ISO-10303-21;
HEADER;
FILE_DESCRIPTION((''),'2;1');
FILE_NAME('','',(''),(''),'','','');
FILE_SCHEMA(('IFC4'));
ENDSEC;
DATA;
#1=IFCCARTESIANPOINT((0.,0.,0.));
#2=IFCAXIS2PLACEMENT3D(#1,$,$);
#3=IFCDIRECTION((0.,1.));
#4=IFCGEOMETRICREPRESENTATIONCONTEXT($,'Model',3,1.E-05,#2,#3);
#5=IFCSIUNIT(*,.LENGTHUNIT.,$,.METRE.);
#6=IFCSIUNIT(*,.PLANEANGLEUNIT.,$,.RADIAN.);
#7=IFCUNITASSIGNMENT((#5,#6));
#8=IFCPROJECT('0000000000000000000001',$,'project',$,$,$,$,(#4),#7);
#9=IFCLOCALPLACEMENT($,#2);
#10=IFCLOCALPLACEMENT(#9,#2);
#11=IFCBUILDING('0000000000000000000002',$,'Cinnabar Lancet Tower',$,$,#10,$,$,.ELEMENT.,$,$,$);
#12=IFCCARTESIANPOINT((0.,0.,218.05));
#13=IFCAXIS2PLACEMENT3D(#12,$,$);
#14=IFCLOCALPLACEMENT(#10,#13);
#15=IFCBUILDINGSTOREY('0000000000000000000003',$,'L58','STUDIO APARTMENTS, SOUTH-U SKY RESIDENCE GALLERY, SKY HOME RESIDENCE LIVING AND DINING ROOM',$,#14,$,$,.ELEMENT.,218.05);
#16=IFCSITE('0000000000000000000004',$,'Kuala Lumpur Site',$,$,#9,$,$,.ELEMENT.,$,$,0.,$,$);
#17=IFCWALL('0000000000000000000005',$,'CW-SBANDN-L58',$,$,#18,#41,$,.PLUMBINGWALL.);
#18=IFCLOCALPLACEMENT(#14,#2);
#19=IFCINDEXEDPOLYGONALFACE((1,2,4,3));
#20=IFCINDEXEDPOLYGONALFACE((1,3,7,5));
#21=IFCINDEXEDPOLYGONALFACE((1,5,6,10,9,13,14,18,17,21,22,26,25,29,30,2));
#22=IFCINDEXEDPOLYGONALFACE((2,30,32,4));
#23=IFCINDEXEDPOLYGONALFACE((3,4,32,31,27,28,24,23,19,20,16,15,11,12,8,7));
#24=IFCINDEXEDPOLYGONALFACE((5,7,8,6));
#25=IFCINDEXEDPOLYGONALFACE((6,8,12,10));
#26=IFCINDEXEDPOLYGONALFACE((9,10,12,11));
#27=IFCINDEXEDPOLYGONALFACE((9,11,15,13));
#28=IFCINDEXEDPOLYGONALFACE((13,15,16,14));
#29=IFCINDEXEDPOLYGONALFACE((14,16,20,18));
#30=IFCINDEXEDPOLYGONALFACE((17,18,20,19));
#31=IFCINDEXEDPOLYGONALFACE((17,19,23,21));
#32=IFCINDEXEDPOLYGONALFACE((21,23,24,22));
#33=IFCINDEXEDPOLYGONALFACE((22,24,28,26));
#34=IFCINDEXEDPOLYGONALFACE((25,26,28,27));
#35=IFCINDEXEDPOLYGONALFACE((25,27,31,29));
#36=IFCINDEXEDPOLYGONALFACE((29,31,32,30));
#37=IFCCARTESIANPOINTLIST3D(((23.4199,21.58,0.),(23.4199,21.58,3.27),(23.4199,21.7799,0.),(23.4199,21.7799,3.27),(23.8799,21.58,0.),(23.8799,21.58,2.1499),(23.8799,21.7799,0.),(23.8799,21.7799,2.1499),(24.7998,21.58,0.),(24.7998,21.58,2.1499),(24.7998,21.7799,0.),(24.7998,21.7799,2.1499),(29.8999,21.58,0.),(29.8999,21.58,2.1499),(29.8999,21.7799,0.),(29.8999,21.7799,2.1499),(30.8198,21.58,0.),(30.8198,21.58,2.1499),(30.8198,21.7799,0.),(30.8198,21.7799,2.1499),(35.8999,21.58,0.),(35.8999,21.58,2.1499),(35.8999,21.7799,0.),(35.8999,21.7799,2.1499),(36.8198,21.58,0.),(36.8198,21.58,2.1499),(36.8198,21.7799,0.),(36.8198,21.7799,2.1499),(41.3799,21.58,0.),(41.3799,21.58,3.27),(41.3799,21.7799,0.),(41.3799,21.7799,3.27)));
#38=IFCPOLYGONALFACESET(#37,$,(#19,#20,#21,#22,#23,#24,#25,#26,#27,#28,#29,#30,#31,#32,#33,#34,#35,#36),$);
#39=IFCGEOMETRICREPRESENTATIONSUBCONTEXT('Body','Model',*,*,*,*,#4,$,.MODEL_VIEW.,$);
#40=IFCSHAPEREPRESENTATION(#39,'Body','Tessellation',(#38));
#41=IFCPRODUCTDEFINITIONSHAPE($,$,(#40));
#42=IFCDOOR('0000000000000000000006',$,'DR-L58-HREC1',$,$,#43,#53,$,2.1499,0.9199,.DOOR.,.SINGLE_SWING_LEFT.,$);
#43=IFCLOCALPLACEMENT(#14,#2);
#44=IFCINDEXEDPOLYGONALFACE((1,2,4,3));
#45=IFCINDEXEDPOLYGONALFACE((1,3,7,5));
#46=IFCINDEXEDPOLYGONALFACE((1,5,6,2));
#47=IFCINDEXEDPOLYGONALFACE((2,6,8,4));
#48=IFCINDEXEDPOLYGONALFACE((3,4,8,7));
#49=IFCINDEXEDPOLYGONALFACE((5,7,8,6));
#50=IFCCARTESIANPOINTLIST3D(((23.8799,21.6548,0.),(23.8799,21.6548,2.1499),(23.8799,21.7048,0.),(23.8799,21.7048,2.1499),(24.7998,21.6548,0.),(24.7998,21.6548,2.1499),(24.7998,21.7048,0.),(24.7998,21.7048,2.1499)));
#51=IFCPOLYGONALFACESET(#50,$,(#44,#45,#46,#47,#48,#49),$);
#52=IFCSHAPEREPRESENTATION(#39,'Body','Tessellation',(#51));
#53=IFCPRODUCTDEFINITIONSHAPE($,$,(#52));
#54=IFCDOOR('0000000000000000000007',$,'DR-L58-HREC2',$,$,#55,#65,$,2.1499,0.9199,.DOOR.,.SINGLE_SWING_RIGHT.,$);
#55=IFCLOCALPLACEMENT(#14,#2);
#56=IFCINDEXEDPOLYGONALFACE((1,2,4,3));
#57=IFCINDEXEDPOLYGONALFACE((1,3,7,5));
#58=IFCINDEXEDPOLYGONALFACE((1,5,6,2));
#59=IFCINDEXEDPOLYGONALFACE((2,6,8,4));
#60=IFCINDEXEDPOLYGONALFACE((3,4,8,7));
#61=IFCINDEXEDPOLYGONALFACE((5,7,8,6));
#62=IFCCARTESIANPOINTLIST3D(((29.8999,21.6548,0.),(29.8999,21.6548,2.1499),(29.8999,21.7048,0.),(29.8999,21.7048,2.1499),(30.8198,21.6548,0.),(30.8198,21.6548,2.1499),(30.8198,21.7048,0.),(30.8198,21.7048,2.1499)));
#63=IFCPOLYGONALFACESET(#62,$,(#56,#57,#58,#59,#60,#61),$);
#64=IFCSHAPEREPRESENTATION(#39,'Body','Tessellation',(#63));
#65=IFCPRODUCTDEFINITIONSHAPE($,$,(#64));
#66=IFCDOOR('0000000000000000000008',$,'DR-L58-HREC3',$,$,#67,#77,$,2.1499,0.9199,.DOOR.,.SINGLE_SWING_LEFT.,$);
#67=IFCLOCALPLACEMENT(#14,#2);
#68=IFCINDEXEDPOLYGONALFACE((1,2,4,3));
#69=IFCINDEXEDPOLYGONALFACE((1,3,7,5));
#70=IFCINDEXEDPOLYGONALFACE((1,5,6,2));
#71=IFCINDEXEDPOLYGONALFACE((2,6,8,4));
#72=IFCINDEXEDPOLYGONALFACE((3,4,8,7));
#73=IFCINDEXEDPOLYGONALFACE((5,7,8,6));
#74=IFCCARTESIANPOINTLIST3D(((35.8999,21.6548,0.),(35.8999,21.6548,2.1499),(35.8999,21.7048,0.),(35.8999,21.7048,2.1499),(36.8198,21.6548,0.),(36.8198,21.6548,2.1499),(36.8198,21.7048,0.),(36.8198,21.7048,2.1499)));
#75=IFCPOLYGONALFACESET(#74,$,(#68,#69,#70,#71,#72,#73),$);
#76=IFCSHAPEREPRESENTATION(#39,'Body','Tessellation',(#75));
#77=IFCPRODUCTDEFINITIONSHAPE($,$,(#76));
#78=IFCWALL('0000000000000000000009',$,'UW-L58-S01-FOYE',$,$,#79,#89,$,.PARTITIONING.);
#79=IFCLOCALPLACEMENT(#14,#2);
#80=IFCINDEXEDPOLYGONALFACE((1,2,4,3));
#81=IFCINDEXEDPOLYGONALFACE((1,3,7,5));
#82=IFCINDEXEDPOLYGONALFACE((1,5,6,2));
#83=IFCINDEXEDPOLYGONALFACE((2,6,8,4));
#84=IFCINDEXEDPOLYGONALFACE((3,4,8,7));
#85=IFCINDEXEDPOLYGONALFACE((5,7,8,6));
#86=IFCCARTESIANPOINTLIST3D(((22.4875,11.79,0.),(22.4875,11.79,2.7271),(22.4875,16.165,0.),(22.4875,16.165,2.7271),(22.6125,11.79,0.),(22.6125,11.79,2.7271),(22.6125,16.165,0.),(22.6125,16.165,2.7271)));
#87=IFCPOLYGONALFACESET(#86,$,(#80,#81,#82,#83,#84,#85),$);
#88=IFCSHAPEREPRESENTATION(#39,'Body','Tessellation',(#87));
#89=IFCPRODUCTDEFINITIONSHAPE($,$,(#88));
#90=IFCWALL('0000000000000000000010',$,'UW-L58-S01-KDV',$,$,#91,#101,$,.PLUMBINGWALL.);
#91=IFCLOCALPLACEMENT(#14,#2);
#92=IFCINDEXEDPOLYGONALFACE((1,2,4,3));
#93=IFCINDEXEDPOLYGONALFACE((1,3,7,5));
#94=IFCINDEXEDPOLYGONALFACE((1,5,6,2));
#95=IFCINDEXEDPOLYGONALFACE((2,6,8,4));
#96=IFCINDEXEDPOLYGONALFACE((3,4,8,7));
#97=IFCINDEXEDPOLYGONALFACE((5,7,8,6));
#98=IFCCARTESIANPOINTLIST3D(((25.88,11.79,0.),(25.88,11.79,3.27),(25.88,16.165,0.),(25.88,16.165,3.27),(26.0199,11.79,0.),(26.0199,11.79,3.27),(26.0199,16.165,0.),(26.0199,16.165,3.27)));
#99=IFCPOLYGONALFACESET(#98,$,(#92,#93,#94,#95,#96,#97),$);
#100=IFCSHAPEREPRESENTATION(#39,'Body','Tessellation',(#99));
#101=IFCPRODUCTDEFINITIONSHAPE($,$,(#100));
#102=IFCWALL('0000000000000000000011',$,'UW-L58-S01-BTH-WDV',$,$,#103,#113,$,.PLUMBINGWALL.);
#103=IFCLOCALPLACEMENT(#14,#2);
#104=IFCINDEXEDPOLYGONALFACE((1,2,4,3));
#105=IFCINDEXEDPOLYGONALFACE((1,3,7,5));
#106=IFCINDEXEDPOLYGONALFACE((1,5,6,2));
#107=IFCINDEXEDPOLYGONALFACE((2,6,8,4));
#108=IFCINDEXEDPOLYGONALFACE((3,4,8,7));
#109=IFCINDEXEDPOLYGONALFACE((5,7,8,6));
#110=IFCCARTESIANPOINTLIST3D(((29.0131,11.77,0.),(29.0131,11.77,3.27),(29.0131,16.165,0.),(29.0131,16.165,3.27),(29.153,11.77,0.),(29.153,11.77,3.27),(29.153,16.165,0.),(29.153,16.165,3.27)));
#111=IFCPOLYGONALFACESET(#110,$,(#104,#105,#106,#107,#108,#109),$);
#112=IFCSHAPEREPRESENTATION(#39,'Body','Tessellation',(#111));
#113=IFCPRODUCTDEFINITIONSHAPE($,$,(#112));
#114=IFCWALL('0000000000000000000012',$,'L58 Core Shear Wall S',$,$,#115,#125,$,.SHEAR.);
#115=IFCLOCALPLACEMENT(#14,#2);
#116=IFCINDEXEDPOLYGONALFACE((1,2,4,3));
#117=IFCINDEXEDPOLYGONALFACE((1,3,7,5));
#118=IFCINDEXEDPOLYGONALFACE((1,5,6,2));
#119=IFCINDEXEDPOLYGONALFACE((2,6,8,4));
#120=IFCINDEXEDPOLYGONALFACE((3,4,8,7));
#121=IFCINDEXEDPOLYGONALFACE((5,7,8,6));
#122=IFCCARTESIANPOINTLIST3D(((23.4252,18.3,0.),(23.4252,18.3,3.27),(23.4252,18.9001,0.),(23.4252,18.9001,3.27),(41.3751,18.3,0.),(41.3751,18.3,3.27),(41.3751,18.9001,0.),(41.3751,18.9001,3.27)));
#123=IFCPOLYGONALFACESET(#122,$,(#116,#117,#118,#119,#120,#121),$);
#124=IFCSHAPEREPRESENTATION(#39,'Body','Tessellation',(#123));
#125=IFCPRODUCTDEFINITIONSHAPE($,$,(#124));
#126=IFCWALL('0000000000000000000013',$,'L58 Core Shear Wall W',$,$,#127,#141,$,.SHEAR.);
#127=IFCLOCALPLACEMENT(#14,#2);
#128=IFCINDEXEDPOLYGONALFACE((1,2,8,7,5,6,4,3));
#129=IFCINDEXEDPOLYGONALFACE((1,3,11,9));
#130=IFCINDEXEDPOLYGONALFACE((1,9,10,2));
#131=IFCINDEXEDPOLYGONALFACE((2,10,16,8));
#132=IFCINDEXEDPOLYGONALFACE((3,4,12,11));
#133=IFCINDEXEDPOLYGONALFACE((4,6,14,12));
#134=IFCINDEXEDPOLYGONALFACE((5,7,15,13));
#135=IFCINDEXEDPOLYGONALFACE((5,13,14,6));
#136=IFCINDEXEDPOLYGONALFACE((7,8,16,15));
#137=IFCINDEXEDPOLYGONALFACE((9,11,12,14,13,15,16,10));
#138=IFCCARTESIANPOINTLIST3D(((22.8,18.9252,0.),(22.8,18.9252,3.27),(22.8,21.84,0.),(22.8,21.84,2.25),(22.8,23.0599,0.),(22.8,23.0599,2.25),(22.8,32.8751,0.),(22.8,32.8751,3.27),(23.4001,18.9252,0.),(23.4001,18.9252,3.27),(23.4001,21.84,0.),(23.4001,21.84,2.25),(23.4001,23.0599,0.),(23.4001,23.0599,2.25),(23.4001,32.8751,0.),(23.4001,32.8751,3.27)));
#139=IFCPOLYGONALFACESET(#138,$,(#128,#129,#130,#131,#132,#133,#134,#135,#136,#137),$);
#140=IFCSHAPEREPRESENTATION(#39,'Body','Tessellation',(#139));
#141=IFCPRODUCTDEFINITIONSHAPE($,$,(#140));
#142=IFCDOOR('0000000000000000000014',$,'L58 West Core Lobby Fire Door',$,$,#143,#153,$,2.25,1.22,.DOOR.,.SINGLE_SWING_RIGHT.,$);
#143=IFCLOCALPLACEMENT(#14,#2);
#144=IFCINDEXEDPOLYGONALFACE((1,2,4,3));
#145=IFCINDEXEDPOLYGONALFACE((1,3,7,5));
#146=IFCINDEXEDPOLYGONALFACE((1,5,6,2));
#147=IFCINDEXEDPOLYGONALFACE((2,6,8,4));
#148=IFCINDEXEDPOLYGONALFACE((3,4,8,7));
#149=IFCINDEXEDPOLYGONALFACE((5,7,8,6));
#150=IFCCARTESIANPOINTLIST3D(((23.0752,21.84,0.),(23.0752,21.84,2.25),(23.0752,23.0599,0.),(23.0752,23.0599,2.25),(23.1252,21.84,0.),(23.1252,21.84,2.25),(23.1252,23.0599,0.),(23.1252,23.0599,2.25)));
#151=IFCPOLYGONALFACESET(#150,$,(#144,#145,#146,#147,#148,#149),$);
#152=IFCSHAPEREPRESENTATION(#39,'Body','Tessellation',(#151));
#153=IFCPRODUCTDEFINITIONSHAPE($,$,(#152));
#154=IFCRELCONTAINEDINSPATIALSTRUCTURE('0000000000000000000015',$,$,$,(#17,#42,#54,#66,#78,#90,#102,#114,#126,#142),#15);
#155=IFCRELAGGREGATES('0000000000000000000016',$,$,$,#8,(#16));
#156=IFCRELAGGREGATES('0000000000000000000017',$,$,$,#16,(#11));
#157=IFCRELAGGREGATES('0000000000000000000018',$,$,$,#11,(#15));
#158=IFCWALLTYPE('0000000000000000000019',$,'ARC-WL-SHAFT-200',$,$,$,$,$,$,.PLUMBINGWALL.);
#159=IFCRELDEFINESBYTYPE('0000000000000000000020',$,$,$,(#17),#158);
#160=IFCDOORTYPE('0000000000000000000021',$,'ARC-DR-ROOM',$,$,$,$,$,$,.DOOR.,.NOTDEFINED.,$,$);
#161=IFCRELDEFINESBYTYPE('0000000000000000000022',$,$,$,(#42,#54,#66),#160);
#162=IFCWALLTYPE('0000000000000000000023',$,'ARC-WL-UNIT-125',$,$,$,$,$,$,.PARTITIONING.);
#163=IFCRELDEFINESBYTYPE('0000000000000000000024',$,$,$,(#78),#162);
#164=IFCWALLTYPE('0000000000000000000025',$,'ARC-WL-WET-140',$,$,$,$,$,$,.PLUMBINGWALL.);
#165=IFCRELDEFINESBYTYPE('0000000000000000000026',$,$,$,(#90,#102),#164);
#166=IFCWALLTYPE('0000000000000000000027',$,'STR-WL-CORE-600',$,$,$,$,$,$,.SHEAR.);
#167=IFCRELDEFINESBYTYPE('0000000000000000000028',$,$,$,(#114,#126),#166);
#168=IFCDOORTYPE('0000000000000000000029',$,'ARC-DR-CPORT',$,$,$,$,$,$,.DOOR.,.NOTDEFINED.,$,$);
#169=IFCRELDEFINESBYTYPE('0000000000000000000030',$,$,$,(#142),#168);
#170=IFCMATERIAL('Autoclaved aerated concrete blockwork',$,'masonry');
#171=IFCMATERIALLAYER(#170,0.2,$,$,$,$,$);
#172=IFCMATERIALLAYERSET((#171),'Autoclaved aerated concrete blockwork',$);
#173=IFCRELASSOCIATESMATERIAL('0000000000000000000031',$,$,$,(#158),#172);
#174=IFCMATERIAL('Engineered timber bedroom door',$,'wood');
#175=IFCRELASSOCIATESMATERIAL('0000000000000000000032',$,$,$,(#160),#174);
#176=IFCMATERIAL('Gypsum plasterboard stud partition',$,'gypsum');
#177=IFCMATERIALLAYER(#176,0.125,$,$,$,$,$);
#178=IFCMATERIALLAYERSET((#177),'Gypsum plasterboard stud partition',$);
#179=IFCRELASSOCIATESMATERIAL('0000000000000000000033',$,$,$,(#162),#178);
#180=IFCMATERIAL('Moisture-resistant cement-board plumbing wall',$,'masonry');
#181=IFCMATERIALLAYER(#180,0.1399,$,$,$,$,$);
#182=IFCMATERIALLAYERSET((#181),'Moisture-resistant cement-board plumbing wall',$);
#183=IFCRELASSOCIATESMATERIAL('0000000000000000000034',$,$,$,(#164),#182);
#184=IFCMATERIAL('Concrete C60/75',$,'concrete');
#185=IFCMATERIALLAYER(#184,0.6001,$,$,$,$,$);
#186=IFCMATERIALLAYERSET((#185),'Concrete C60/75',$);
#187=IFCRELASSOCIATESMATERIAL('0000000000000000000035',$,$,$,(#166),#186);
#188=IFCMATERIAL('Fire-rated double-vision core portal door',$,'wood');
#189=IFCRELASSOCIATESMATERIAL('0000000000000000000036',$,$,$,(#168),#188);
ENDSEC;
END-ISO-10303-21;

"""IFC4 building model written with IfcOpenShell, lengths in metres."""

from ifc_helpers import new_model, si_unit, direction, frame, frame_2d, origin, place, context, subcontext, project, spatial, rectangle, extrude, material, layer, layer_set, type_object, element, fill, save


model = new_model("IFC4")

# Units and contexts
model_context = context("Model", 3, precision=1e-05, world=origin(), true_north=direction((0.0, 1.0)))
body_context = subcontext(model_context, "Body", "Model", "MODEL_VIEW")
ifc_project = project(units=[si_unit("LENGTHUNIT", "METRE"), si_unit("PLANEANGLEUNIT", "RADIAN")], contexts=[model_context])

# Site, building, storey
site_placement = place(None, origin())
site = spatial("IfcSite", under=ifc_project, at=site_placement, Name="Kuala Lumpur Site", CompositionType="ELEMENT", RefElevation=0.0)
building_placement = place(site_placement, origin())
building = spatial("IfcBuilding", under=site, at=building_placement, Name="Cinnabar Lancet Tower", CompositionType="ELEMENT")
storey_placement = place(building_placement, frame((0.0, 0.0, 218.05)))
storey = spatial("IfcBuildingStorey", under=building, at=storey_placement, Name="L58", Description="STUDIO APARTMENTS, SOUTH-U SKY RESIDENCE GALLERY, SKY HOME RESIDENCE LIVING AND DINING ROOM", CompositionType="ELEMENT", Elevation=218.05)

# Shared definitions
ifc_material_1 = material(Name="Autoclaved aerated concrete blockwork", Category="masonry")
ifc_layer_1 = layer(ifc_material_1, 0.2)
ifc_layer_set_1 = layer_set([ifc_layer_1], Name="Autoclaved aerated concrete blockwork")
wall_type_1 = type_object("IfcWallType", Name="ARC-WL-SHAFT-200", PredefinedType="PLUMBINGWALL", material=ifc_layer_set_1)

# Wall, openings, doors
wall_1_placement = place(storey_placement, frame((23.4199, 21.6799, 0.0), z_axis=(0.0, 0.0, 1.0), x_axis=(1.0, 0.0, 0.0)))
wall_1 = element("IfcWall", 1, at=wall_1_placement, inside=storey, type_object=wall_type_1, Name="CW-SBANDN-L58", PredefinedType="PLUMBINGWALL", context=body_context, shape_type="SweptSolid", body=[
    extrude(rectangle(XDim=17.96, YDim=0.2, at=frame_2d((8.98, 0.0))), origin(), (0.0, 0.0, 1.0), 3.27),
])
opening_1_placement = place(wall_1_placement, frame((0.46, 0.0, 0.0)))
opening_1 = element("IfcOpeningElement", 2, at=opening_1_placement, cuts=wall_1, PredefinedType="OPENING", context=body_context, shape_type="SweptSolid", body=[
    extrude(rectangle(XDim=0.9199, YDim=2.1499, at=frame_2d((0.46, 1.075))), frame((0.0, 0.1099, 0.0), z_axis=(0.0, -1.0, 0.0), x_axis=(1.0, 0.0, 0.0)), (0.0, 0.0, 1.0), 0.22),
])
opening_2_placement = place(wall_1_placement, frame((6.48, 0.0, 0.0)))
opening_2 = element("IfcOpeningElement", 3, at=opening_2_placement, cuts=wall_1, PredefinedType="OPENING", context=body_context, shape_type="SweptSolid", body=[
    extrude(rectangle(XDim=0.9199, YDim=2.1499, at=frame_2d((0.46, 1.075))), frame((0.0, 0.1099, 0.0), z_axis=(0.0, -1.0, 0.0), x_axis=(1.0, 0.0, 0.0)), (0.0, 0.0, 1.0), 0.22),
])
opening_3_placement = place(wall_1_placement, frame((12.48, 0.0, 0.0)))
opening_3 = element("IfcOpeningElement", 4, at=opening_3_placement, cuts=wall_1, PredefinedType="OPENING", context=body_context, shape_type="SweptSolid", body=[
    extrude(rectangle(XDim=0.9199, YDim=2.1499, at=frame_2d((0.46, 1.075))), frame((0.0, 0.1099, 0.0), z_axis=(0.0, -1.0, 0.0), x_axis=(1.0, 0.0, 0.0)), (0.0, 0.0, 1.0), 0.22),
])
ifc_material_2 = material(Name="Engineered timber bedroom door", Category="wood")
door_type_1 = type_object("IfcDoorType", Name="ARC-DR-ROOM", OperationType="NOTDEFINED", PredefinedType="DOOR", material=ifc_material_2)
door_1_placement = place(opening_1_placement, origin())
door_1 = element("IfcDoor", 5, at=door_1_placement, inside=storey, type_object=door_type_1, Name="DR-L58-HREC1", OperationType="SINGLE_SWING_LEFT", OverallHeight=2.1499, OverallWidth=0.9199, PredefinedType="DOOR", context=body_context, shape_type="SweptSolid", body=[
    extrude(rectangle(XDim=0.9199, YDim=2.1499, at=frame_2d((0.46, 1.075))), frame((0.0, 0.0249, 0.0), z_axis=(0.0, -1.0, 0.0), x_axis=(1.0, 0.0, 0.0)), (0.0, 0.0, 1.0), 0.05),
])
fill(opening_1, door_1)
door_2_placement = place(opening_2_placement, origin())
door_2 = element("IfcDoor", 6, at=door_2_placement, inside=storey, type_object=door_type_1, Name="DR-L58-HREC2", OperationType="SINGLE_SWING_RIGHT", OverallHeight=2.1499, OverallWidth=0.9199, PredefinedType="DOOR", context=body_context, shape_type="SweptSolid", body=[
    extrude(rectangle(XDim=0.9199, YDim=2.1499, at=frame_2d((0.46, 1.075))), frame((0.0, 0.0249, 0.0), z_axis=(0.0, -1.0, 0.0), x_axis=(1.0, 0.0, 0.0)), (0.0, 0.0, 1.0), 0.05),
])
fill(opening_2, door_2)
door_3_placement = place(opening_3_placement, origin())
door_3 = element("IfcDoor", 7, at=door_3_placement, inside=storey, type_object=door_type_1, Name="DR-L58-HREC3", OperationType="SINGLE_SWING_LEFT", OverallHeight=2.1499, OverallWidth=0.9199, PredefinedType="DOOR", context=body_context, shape_type="SweptSolid", body=[
    extrude(rectangle(XDim=0.9199, YDim=2.1499, at=frame_2d((0.46, 1.075))), frame((0.0, 0.0249, 0.0), z_axis=(0.0, -1.0, 0.0), x_axis=(1.0, 0.0, 0.0)), (0.0, 0.0, 1.0), 0.05),
])
fill(opening_3, door_3)

# Walls
ifc_material_3 = material(Name="Gypsum plasterboard stud partition", Category="gypsum")
ifc_layer_2 = layer(ifc_material_3, 0.125)
ifc_layer_set_2 = layer_set([ifc_layer_2], Name="Gypsum plasterboard stud partition")
wall_type_2 = type_object("IfcWallType", Name="ARC-WL-UNIT-125", PredefinedType="PARTITIONING", material=ifc_layer_set_2)
wall_2_placement = place(storey_placement, frame((22.55, 11.79, 0.0), z_axis=(0.0, 0.0, 1.0), x_axis=(0.0, 1.0, 0.0)))
element("IfcWall", 8, at=wall_2_placement, inside=storey, type_object=wall_type_2, Name="UW-L58-S01-FOYE", PredefinedType="PARTITIONING", context=body_context, shape_type="SweptSolid", body=[
    extrude(rectangle(XDim=4.375, YDim=0.125, at=frame_2d((2.1875, 0.0))), origin(), (0.0, 0.0, 1.0), 2.7271),
])
ifc_material_4 = material(Name="Moisture-resistant cement-board plumbing wall", Category="masonry")
ifc_layer_3 = layer(ifc_material_4, 0.1399)
ifc_layer_set_3 = layer_set([ifc_layer_3], Name="Moisture-resistant cement-board plumbing wall")
wall_type_3 = type_object("IfcWallType", Name="ARC-WL-WET-140", PredefinedType="PLUMBINGWALL", material=ifc_layer_set_3)
wall_3_placement = place(storey_placement, frame((25.95, 11.79, 0.0), z_axis=(0.0, 0.0, 1.0), x_axis=(0.0, 1.0, 0.0)))
element("IfcWall", 9, at=wall_3_placement, inside=storey, type_object=wall_type_3, Name="UW-L58-S01-KDV", PredefinedType="PLUMBINGWALL", context=body_context, shape_type="SweptSolid", body=[
    extrude(rectangle(XDim=4.375, YDim=0.1399, at=frame_2d((2.1875, 0.0))), origin(), (0.0, 0.0, 1.0), 3.27),
])
wall_4_placement = place(storey_placement, frame((29.083, 11.77, 0.0), z_axis=(0.0, 0.0, 1.0), x_axis=(0.0, 1.0, 0.0)))
element("IfcWall", 10, at=wall_4_placement, inside=storey, type_object=wall_type_3, Name="UW-L58-S01-BTH-WDV", PredefinedType="PLUMBINGWALL", context=body_context, shape_type="SweptSolid", body=[
    extrude(rectangle(XDim=4.395, YDim=0.1399, at=frame_2d((2.1975, 0.0))), origin(), (0.0, 0.0, 1.0), 3.27),
])
ifc_material_5 = material(Name="Concrete C60/75", Category="concrete")
ifc_layer_4 = layer(ifc_material_5, 0.6001)
ifc_layer_set_4 = layer_set([ifc_layer_4], Name="Concrete C60/75")
wall_type_4 = type_object("IfcWallType", Name="STR-WL-CORE-600", PredefinedType="SHEAR", material=ifc_layer_set_4)
wall_5_placement = place(storey_placement, frame((23.425, 18.6001, 0.0), z_axis=(0.0, 0.0, 1.0), x_axis=(1.0, 0.0, 0.0)))
element("IfcWall", 11, at=wall_5_placement, inside=storey, type_object=wall_type_4, Name="L58 Core Shear Wall S", PredefinedType="SHEAR", context=body_context, shape_type="SweptSolid", body=[
    extrude(rectangle(XDim=17.95, YDim=0.6001, at=frame_2d((8.9751, 0.0))), origin(), (0.0, 0.0, 1.0), 3.27),
])

# Wall, opening, door
wall_6_placement = place(storey_placement, frame((23.1001, 18.925, 0.0), z_axis=(0.0, 0.0, 1.0), x_axis=(0.0, 1.0, 0.0)))
wall_6 = element("IfcWall", 12, at=wall_6_placement, inside=storey, type_object=wall_type_4, Name="L58 Core Shear Wall W", PredefinedType="SHEAR", context=body_context, shape_type="SweptSolid", body=[
    extrude(rectangle(XDim=13.95, YDim=0.6001, at=frame_2d((6.9751, 0.0))), origin(), (0.0, 0.0, 1.0), 3.27),
])
opening_4_placement = place(wall_6_placement, frame((2.915, 0.0, 0.0)))
opening_4 = element("IfcOpeningElement", 13, at=opening_4_placement, cuts=wall_6, PredefinedType="OPENING", context=body_context, shape_type="SweptSolid", body=[
    extrude(rectangle(XDim=1.22, YDim=2.25, at=frame_2d((0.6099, 1.125))), frame((0.0, 0.3101, 0.0), z_axis=(0.0, -1.0, 0.0), x_axis=(1.0, 0.0, 0.0)), (0.0, 0.0, 1.0), 0.6201),
])
ifc_material_6 = material(Name="Fire-rated double-vision core portal door", Category="wood")
door_type_2 = type_object("IfcDoorType", Name="ARC-DR-CPORT", OperationType="NOTDEFINED", PredefinedType="DOOR", material=ifc_material_6)
door_4_placement = place(opening_4_placement, origin())
door_4 = element("IfcDoor", 14, at=door_4_placement, inside=storey, type_object=door_type_2, Name="L58 West Core Lobby Fire Door", OperationType="SINGLE_SWING_RIGHT", OverallHeight=2.25, OverallWidth=1.22, PredefinedType="DOOR", context=body_context, shape_type="SweptSolid", body=[
    extrude(rectangle(XDim=1.22, YDim=2.25, at=frame_2d((0.6099, 1.125))), frame((0.0, 0.0249, 0.0), z_axis=(0.0, -1.0, 0.0), x_axis=(1.0, 0.0, 0.0)), (0.0, 0.0, 1.0), 0.05),
])
fill(opening_4, door_4)

save(model, "model.ifc")
